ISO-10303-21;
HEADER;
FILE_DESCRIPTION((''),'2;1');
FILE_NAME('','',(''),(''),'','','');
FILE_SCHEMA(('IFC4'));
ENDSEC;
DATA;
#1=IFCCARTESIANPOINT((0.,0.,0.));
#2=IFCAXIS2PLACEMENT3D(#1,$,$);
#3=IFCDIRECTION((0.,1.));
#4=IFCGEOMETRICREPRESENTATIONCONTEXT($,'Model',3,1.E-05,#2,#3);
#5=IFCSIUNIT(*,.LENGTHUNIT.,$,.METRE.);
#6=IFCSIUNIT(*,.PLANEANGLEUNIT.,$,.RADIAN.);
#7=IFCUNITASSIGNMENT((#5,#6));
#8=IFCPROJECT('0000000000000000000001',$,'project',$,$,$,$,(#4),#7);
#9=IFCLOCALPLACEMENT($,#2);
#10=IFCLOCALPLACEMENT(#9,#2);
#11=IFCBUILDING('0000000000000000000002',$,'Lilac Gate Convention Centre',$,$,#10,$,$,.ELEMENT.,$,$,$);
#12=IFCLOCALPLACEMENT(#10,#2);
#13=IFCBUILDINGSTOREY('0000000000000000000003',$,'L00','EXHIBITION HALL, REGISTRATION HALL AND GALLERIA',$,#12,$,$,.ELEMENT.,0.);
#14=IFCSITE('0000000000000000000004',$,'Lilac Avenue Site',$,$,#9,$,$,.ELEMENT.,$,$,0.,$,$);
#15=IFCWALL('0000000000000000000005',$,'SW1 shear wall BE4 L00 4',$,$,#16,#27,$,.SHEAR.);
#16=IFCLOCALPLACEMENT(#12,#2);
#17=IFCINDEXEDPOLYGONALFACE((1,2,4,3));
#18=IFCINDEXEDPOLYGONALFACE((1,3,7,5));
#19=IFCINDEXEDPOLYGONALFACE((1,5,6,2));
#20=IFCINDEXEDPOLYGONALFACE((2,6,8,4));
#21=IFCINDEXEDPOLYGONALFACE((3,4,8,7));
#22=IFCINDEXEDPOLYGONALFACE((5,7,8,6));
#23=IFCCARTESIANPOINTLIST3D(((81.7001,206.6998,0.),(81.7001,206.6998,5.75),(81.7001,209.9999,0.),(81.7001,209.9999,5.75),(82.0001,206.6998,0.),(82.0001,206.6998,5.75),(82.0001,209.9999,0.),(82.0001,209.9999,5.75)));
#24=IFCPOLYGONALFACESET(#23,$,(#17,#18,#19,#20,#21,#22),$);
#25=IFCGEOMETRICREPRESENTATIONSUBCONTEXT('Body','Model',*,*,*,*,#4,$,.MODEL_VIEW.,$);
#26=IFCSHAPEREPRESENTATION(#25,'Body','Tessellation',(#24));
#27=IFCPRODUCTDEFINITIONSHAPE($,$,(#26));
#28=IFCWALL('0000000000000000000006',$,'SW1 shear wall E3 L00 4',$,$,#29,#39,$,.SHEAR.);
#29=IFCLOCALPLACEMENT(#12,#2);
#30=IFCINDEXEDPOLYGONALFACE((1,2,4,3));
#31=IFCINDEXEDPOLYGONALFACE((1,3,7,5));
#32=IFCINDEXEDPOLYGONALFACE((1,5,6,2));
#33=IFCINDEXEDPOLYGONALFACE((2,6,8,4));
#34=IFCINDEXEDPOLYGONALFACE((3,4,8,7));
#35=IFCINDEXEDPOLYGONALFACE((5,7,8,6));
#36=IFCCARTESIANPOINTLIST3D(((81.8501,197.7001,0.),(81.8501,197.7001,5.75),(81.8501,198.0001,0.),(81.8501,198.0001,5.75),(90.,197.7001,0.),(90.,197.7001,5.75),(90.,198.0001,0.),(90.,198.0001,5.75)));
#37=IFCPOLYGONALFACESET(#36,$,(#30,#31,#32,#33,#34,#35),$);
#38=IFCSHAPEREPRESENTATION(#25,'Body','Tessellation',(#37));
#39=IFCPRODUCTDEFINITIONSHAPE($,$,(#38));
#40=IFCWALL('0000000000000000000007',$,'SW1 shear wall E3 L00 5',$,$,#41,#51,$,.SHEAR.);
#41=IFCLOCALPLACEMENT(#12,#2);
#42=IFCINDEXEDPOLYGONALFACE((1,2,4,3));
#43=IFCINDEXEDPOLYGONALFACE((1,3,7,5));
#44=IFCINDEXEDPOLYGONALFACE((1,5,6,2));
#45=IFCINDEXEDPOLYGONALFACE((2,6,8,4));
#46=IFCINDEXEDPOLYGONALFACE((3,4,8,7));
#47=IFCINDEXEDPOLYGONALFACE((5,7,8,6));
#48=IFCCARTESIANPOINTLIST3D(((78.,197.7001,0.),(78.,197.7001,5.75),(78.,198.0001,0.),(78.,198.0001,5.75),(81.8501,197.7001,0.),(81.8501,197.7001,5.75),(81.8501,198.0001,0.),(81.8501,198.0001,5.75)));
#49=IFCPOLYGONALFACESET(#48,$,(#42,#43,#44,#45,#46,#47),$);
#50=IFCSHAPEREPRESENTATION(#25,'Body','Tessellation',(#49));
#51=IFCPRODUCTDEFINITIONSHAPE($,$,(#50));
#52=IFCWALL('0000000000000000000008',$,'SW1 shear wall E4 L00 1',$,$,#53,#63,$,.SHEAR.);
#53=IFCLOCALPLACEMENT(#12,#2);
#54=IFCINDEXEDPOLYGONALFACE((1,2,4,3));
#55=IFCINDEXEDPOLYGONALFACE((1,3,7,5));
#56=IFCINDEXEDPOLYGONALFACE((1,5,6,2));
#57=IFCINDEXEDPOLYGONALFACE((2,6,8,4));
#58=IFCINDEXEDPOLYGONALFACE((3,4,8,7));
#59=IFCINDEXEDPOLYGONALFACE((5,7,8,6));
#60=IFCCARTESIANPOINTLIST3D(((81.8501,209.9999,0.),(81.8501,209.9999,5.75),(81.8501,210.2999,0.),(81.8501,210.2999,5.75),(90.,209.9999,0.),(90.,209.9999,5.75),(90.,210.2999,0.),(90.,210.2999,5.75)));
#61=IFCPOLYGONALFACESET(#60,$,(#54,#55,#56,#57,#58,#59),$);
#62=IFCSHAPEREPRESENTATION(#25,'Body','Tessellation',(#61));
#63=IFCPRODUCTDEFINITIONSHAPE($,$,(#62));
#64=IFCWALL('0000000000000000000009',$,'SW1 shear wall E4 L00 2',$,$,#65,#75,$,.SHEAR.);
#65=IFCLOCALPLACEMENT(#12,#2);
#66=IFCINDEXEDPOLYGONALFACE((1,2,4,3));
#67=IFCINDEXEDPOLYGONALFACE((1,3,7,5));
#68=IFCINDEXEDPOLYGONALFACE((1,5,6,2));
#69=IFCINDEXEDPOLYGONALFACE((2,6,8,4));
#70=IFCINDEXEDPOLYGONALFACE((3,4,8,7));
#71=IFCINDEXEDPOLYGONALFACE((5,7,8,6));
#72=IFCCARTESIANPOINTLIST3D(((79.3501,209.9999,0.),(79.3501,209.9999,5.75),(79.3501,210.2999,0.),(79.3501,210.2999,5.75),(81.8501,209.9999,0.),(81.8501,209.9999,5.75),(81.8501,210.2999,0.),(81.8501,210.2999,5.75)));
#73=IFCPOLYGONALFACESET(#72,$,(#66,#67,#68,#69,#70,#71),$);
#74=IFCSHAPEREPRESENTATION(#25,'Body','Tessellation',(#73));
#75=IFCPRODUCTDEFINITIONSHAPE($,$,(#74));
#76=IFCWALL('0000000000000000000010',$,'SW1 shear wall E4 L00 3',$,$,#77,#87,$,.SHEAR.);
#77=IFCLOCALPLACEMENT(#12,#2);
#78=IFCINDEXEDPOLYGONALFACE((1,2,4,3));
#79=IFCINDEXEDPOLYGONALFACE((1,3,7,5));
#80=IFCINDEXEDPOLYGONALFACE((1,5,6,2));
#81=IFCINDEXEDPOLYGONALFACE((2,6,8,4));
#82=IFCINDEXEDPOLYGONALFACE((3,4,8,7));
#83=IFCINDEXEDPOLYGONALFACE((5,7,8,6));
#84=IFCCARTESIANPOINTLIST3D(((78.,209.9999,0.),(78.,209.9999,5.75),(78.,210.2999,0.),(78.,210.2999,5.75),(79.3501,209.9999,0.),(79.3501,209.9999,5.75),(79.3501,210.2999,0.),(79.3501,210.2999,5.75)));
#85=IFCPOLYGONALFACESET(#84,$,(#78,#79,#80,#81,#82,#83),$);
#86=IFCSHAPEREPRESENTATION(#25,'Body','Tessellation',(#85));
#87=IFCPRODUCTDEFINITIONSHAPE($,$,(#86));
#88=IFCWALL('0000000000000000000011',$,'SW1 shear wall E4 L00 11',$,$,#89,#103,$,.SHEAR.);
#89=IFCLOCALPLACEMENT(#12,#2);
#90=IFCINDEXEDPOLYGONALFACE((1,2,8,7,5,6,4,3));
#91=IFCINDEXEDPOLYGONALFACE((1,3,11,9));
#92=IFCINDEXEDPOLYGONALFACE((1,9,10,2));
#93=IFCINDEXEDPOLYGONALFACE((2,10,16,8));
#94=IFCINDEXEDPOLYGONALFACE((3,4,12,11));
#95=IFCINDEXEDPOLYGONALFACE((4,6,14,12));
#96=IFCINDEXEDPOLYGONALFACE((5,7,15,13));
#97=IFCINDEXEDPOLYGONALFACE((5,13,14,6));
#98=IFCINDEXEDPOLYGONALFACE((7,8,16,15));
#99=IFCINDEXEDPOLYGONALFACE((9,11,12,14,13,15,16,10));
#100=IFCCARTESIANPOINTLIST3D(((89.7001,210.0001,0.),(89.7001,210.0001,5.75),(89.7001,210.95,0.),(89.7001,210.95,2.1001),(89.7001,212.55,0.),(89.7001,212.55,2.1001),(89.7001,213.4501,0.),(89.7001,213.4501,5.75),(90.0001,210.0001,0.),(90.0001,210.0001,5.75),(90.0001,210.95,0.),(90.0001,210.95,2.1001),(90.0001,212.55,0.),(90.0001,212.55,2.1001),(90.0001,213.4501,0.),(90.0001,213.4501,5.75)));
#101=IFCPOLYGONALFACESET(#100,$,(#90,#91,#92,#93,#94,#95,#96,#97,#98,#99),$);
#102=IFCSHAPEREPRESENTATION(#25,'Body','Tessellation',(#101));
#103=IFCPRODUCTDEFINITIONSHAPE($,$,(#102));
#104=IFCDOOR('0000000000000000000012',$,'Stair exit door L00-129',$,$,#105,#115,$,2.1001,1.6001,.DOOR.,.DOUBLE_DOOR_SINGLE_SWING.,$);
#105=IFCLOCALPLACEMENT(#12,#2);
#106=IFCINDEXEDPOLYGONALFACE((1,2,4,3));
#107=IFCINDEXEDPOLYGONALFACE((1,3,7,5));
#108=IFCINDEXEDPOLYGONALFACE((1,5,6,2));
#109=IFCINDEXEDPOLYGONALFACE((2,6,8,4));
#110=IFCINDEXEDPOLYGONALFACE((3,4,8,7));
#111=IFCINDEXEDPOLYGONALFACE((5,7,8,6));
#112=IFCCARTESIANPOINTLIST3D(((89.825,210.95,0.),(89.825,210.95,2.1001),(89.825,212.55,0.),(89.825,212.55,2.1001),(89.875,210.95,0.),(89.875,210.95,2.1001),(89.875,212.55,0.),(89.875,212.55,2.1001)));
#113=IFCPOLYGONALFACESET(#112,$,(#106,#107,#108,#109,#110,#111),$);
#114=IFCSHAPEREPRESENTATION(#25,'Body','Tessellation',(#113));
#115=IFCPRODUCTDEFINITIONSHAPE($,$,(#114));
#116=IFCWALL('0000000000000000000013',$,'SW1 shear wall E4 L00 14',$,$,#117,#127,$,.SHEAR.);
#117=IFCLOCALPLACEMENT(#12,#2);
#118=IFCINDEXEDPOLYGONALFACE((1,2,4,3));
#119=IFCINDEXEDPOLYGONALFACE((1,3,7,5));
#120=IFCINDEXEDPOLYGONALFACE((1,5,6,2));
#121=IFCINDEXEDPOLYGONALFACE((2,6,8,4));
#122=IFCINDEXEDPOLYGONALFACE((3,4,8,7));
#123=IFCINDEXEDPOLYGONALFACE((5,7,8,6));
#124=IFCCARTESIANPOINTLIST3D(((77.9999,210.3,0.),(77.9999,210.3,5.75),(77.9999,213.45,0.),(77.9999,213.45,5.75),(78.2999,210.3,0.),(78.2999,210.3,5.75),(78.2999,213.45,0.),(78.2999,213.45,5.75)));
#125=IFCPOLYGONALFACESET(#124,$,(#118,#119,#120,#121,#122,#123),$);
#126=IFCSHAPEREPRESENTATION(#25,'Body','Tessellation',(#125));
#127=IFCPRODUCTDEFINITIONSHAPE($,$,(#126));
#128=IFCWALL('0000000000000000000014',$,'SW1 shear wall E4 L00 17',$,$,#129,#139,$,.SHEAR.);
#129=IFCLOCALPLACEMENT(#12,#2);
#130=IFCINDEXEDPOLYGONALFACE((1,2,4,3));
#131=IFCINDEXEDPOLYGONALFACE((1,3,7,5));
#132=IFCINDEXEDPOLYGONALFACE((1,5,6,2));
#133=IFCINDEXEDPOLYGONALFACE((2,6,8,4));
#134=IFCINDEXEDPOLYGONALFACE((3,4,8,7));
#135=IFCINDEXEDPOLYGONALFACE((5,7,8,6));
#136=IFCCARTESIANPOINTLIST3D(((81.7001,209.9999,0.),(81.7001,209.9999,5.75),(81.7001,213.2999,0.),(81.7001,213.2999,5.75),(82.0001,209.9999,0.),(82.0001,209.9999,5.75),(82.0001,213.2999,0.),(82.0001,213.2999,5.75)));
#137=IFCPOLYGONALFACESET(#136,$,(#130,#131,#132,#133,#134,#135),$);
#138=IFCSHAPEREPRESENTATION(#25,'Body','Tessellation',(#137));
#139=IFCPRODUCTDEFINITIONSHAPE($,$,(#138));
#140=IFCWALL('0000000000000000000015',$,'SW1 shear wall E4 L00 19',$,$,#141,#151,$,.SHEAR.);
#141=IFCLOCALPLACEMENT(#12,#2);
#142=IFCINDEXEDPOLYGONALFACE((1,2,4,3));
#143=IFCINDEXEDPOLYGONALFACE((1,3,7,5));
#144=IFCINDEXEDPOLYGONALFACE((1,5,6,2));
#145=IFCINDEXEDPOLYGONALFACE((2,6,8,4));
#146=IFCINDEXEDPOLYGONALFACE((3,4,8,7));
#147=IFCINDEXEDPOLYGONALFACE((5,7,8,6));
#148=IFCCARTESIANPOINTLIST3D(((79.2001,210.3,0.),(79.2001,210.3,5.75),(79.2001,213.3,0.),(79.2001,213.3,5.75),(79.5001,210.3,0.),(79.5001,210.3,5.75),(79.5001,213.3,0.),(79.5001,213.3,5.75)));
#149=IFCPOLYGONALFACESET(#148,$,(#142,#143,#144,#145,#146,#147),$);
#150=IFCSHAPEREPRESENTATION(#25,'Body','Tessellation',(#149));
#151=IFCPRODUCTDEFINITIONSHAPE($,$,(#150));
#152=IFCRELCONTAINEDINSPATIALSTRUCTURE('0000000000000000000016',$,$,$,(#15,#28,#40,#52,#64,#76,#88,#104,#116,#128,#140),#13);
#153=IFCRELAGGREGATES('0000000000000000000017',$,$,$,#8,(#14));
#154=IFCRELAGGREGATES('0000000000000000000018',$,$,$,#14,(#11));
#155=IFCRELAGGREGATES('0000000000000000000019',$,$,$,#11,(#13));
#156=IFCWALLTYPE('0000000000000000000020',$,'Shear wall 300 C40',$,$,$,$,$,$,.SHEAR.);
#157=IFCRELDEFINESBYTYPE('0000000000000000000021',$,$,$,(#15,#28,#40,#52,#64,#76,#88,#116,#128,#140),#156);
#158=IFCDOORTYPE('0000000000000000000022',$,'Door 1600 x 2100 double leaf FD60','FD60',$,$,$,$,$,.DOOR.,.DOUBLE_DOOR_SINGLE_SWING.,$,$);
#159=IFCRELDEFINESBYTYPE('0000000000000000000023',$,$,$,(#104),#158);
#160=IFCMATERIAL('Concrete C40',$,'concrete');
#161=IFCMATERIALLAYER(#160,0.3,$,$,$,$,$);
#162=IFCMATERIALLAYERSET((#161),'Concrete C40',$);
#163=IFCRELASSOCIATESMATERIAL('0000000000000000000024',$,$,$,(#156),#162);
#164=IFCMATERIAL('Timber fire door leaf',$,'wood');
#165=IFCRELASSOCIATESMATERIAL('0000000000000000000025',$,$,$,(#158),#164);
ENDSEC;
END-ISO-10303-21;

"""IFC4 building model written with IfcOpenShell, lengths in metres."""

from ifc_helpers import new_model, si_unit, direction, frame, frame_2d, origin, place, context, subcontext, project, spatial, rectangle, extrude, material, layer, layer_set, type_object, element, fill, save


model = new_model("IFC4")

# Units and contexts
model_context = context("Model", 3, precision=1e-05, world=origin(), true_north=direction((0.0, 1.0)))
body_context = subcontext(model_context, "Body", "Model", "MODEL_VIEW")
ifc_project = project(units=[si_unit("LENGTHUNIT", "METRE"), si_unit("PLANEANGLEUNIT", "RADIAN")], contexts=[model_context])

# Site, building, storey
site_placement = place(None, origin())
site = spatial("IfcSite", under=ifc_project, at=site_placement, Name="Lilac Avenue Site", CompositionType="ELEMENT", RefElevation=0.0)
building_placement = place(site_placement, origin())
building = spatial("IfcBuilding", under=site, at=building_placement, Name="Lilac Gate Convention Centre", CompositionType="ELEMENT")
storey_placement = place(building_placement, origin())
storey = spatial("IfcBuildingStorey", under=building, at=storey_placement, Name="L00", Description="EXHIBITION HALL, REGISTRATION HALL AND GALLERIA", CompositionType="ELEMENT", Elevation=0.0)

# Shared definitions
ifc_material_1 = material(Name="Concrete C40", Category="concrete")

# Shared definitions
ifc_layer_1 = layer(ifc_material_1, 0.3)
ifc_layer_set_1 = layer_set([ifc_layer_1], Name="Concrete C40")
wall_type_1 = type_object("IfcWallType", Name="Shear wall 300 C40", PredefinedType="SHEAR", material=ifc_layer_set_1)

# Shared definitions
ifc_material_2 = material(Name="Timber fire door leaf", Category="wood")
door_type_1 = type_object("IfcDoorType", Name="Door 1600 x 2100 double leaf FD60", Description="FD60", OperationType="DOUBLE_DOOR_SINGLE_SWING", PredefinedType="DOOR", material=ifc_material_2)

# Walls
wall_1_placement = place(storey_placement, frame((81.8501, 206.7, 0.0), z_axis=(0.0, 0.0, 1.0), x_axis=(0.0, 1.0, 0.0)))
element("IfcWall", 1, at=wall_1_placement, inside=storey, type_object=wall_type_1, Name="SW1 shear wall BE4 L00 4", PredefinedType="SHEAR", context=body_context, shape_type="SweptSolid", body=[
    extrude(rectangle(XDim=3.3, YDim=0.3, at=frame_2d((1.6499, 0.0))), origin(), (0.0, 0.0, 1.0), 5.75),
])
wall_2_placement = place(storey_placement, frame((90.0, 197.8501, 0.0), z_axis=(0.0, 0.0, 1.0), x_axis=(-1.0, 0.0, 0.0)))
element("IfcWall", 2, at=wall_2_placement, inside=storey, type_object=wall_type_1, Name="SW1 shear wall E3 L00 4", PredefinedType="SHEAR", context=body_context, shape_type="SweptSolid", body=[
    extrude(rectangle(XDim=8.1499, YDim=0.3, at=frame_2d((4.075, 0.0))), origin(), (0.0, 0.0, 1.0), 5.75),
])
wall_3_placement = place(storey_placement, frame((81.8501, 197.8501, 0.0), z_axis=(0.0, 0.0, 1.0), x_axis=(-1.0, 0.0, 0.0)))
element("IfcWall", 3, at=wall_3_placement, inside=storey, type_object=wall_type_1, Name="SW1 shear wall E3 L00 5", PredefinedType="SHEAR", context=body_context, shape_type="SweptSolid", body=[
    extrude(rectangle(XDim=3.8501, YDim=0.3, at=frame_2d((1.925, 0.0))), origin(), (0.0, 0.0, 1.0), 5.75),
])
wall_4_placement = place(storey_placement, frame((90.0, 210.1499, 0.0), z_axis=(0.0, 0.0, 1.0), x_axis=(-1.0, 0.0, 0.0)))
element("IfcWall", 4, at=wall_4_placement, inside=storey, type_object=wall_type_1, Name="SW1 shear wall E4 L00 1", PredefinedType="SHEAR", context=body_context, shape_type="SweptSolid", body=[
    extrude(rectangle(XDim=8.1499, YDim=0.3, at=frame_2d((4.075, 0.0))), origin(), (0.0, 0.0, 1.0), 5.75),
])
wall_5_placement = place(storey_placement, frame((81.8501, 210.1499, 0.0), z_axis=(0.0, 0.0, 1.0), x_axis=(-1.0, 0.0, 0.0)))
element("IfcWall", 5, at=wall_5_placement, inside=storey, type_object=wall_type_1, Name="SW1 shear wall E4 L00 2", PredefinedType="SHEAR", context=body_context, shape_type="SweptSolid", body=[
    extrude(rectangle(XDim=2.5, YDim=0.3, at=frame_2d((1.25, 0.0))), origin(), (0.0, 0.0, 1.0), 5.75),
])
wall_6_placement = place(storey_placement, frame((79.3501, 210.1499, 0.0), z_axis=(0.0, 0.0, 1.0), x_axis=(-1.0, 0.0, 0.0)))
element("IfcWall", 6, at=wall_6_placement, inside=storey, type_object=wall_type_1, Name="SW1 shear wall E4 L00 3", PredefinedType="SHEAR", context=body_context, shape_type="SweptSolid", body=[
    extrude(rectangle(XDim=1.3501, YDim=0.3, at=frame_2d((0.675, 0.0))), origin(), (0.0, 0.0, 1.0), 5.75),
])

# Wall, opening, door
wall_7_placement = place(storey_placement, frame((89.8501, 210.0, 0.0), z_axis=(0.0, 0.0, 1.0), x_axis=(0.0, 1.0, 0.0)))
wall_7 = element("IfcWall", 7, at=wall_7_placement, inside=storey, type_object=wall_type_1, Name="SW1 shear wall E4 L00 11", PredefinedType="SHEAR", context=body_context, shape_type="SweptSolid", body=[
    extrude(rectangle(XDim=3.45, YDim=0.3, at=frame_2d((1.7251, 0.0))), origin(), (0.0, 0.0, 1.0), 5.75),
])
opening_1_placement = place(wall_7_placement, frame((0.95, 0.0, 0.0)))
opening_1 = element("IfcOpeningElement", 8, at=opening_1_placement, cuts=wall_7, PredefinedType="OPENING", context=body_context, shape_type="SweptSolid", body=[
    extrude(rectangle(XDim=1.6001, YDim=2.1001, at=frame_2d((0.8, 1.05))), frame((0.0, 0.1599, 0.0), z_axis=(0.0, -1.0, 0.0), x_axis=(1.0, 0.0, 0.0)), (0.0, 0.0, 1.0), 0.3201),
])
door_1_placement = place(opening_1_placement, frame((1.6001, 0.0, 0.0), z_axis=(0.0, 0.0, 1.0), x_axis=(-1.0, 0.0, 0.0)))
door_1 = element("IfcDoor", 9, at=door_1_placement, inside=storey, type_object=door_type_1, Name="Stair exit door L00-129", OperationType="DOUBLE_DOOR_SINGLE_SWING", OverallHeight=2.1001, OverallWidth=1.6001, PredefinedType="DOOR", context=body_context, shape_type="SweptSolid", body=[
    extrude(rectangle(XDim=1.6001, YDim=2.1001, at=frame_2d((0.8, 1.05))), frame((0.0, 0.0249, 0.0), z_axis=(0.0, -1.0, 0.0), x_axis=(1.0, 0.0, 0.0)), (0.0, 0.0, 1.0), 0.05),
])
fill(opening_1, door_1)

# Walls
wall_8_placement = place(storey_placement, frame((78.1499, 210.3, 0.0), z_axis=(0.0, 0.0, 1.0), x_axis=(0.0, 1.0, 0.0)))
element("IfcWall", 10, at=wall_8_placement, inside=storey, type_object=wall_type_1, Name="SW1 shear wall E4 L00 14", PredefinedType="SHEAR", context=body_context, shape_type="SweptSolid", body=[
    extrude(rectangle(XDim=3.1499, YDim=0.3, at=frame_2d((1.575, 0.0))), origin(), (0.0, 0.0, 1.0), 5.75),
])
wall_9_placement = place(storey_placement, frame((81.8501, 210.0, 0.0), z_axis=(0.0, 0.0, 1.0), x_axis=(0.0, 1.0, 0.0)))
element("IfcWall", 11, at=wall_9_placement, inside=storey, type_object=wall_type_1, Name="SW1 shear wall E4 L00 17", PredefinedType="SHEAR", context=body_context, shape_type="SweptSolid", body=[
    extrude(rectangle(XDim=3.3, YDim=0.3, at=frame_2d((1.6499, 0.0))), origin(), (0.0, 0.0, 1.0), 5.75),
])
wall_10_placement = place(storey_placement, frame((79.3501, 210.3, 0.0), z_axis=(0.0, 0.0, 1.0), x_axis=(0.0, 1.0, 0.0)))
element("IfcWall", 12, at=wall_10_placement, inside=storey, type_object=wall_type_1, Name="SW1 shear wall E4 L00 19", PredefinedType="SHEAR", context=body_context, shape_type="SweptSolid", body=[
    extrude(rectangle(XDim=3.0, YDim=0.3, at=frame_2d((1.5, 0.0))), origin(), (0.0, 0.0, 1.0), 5.75),
])

save(model, "model.ifc")
